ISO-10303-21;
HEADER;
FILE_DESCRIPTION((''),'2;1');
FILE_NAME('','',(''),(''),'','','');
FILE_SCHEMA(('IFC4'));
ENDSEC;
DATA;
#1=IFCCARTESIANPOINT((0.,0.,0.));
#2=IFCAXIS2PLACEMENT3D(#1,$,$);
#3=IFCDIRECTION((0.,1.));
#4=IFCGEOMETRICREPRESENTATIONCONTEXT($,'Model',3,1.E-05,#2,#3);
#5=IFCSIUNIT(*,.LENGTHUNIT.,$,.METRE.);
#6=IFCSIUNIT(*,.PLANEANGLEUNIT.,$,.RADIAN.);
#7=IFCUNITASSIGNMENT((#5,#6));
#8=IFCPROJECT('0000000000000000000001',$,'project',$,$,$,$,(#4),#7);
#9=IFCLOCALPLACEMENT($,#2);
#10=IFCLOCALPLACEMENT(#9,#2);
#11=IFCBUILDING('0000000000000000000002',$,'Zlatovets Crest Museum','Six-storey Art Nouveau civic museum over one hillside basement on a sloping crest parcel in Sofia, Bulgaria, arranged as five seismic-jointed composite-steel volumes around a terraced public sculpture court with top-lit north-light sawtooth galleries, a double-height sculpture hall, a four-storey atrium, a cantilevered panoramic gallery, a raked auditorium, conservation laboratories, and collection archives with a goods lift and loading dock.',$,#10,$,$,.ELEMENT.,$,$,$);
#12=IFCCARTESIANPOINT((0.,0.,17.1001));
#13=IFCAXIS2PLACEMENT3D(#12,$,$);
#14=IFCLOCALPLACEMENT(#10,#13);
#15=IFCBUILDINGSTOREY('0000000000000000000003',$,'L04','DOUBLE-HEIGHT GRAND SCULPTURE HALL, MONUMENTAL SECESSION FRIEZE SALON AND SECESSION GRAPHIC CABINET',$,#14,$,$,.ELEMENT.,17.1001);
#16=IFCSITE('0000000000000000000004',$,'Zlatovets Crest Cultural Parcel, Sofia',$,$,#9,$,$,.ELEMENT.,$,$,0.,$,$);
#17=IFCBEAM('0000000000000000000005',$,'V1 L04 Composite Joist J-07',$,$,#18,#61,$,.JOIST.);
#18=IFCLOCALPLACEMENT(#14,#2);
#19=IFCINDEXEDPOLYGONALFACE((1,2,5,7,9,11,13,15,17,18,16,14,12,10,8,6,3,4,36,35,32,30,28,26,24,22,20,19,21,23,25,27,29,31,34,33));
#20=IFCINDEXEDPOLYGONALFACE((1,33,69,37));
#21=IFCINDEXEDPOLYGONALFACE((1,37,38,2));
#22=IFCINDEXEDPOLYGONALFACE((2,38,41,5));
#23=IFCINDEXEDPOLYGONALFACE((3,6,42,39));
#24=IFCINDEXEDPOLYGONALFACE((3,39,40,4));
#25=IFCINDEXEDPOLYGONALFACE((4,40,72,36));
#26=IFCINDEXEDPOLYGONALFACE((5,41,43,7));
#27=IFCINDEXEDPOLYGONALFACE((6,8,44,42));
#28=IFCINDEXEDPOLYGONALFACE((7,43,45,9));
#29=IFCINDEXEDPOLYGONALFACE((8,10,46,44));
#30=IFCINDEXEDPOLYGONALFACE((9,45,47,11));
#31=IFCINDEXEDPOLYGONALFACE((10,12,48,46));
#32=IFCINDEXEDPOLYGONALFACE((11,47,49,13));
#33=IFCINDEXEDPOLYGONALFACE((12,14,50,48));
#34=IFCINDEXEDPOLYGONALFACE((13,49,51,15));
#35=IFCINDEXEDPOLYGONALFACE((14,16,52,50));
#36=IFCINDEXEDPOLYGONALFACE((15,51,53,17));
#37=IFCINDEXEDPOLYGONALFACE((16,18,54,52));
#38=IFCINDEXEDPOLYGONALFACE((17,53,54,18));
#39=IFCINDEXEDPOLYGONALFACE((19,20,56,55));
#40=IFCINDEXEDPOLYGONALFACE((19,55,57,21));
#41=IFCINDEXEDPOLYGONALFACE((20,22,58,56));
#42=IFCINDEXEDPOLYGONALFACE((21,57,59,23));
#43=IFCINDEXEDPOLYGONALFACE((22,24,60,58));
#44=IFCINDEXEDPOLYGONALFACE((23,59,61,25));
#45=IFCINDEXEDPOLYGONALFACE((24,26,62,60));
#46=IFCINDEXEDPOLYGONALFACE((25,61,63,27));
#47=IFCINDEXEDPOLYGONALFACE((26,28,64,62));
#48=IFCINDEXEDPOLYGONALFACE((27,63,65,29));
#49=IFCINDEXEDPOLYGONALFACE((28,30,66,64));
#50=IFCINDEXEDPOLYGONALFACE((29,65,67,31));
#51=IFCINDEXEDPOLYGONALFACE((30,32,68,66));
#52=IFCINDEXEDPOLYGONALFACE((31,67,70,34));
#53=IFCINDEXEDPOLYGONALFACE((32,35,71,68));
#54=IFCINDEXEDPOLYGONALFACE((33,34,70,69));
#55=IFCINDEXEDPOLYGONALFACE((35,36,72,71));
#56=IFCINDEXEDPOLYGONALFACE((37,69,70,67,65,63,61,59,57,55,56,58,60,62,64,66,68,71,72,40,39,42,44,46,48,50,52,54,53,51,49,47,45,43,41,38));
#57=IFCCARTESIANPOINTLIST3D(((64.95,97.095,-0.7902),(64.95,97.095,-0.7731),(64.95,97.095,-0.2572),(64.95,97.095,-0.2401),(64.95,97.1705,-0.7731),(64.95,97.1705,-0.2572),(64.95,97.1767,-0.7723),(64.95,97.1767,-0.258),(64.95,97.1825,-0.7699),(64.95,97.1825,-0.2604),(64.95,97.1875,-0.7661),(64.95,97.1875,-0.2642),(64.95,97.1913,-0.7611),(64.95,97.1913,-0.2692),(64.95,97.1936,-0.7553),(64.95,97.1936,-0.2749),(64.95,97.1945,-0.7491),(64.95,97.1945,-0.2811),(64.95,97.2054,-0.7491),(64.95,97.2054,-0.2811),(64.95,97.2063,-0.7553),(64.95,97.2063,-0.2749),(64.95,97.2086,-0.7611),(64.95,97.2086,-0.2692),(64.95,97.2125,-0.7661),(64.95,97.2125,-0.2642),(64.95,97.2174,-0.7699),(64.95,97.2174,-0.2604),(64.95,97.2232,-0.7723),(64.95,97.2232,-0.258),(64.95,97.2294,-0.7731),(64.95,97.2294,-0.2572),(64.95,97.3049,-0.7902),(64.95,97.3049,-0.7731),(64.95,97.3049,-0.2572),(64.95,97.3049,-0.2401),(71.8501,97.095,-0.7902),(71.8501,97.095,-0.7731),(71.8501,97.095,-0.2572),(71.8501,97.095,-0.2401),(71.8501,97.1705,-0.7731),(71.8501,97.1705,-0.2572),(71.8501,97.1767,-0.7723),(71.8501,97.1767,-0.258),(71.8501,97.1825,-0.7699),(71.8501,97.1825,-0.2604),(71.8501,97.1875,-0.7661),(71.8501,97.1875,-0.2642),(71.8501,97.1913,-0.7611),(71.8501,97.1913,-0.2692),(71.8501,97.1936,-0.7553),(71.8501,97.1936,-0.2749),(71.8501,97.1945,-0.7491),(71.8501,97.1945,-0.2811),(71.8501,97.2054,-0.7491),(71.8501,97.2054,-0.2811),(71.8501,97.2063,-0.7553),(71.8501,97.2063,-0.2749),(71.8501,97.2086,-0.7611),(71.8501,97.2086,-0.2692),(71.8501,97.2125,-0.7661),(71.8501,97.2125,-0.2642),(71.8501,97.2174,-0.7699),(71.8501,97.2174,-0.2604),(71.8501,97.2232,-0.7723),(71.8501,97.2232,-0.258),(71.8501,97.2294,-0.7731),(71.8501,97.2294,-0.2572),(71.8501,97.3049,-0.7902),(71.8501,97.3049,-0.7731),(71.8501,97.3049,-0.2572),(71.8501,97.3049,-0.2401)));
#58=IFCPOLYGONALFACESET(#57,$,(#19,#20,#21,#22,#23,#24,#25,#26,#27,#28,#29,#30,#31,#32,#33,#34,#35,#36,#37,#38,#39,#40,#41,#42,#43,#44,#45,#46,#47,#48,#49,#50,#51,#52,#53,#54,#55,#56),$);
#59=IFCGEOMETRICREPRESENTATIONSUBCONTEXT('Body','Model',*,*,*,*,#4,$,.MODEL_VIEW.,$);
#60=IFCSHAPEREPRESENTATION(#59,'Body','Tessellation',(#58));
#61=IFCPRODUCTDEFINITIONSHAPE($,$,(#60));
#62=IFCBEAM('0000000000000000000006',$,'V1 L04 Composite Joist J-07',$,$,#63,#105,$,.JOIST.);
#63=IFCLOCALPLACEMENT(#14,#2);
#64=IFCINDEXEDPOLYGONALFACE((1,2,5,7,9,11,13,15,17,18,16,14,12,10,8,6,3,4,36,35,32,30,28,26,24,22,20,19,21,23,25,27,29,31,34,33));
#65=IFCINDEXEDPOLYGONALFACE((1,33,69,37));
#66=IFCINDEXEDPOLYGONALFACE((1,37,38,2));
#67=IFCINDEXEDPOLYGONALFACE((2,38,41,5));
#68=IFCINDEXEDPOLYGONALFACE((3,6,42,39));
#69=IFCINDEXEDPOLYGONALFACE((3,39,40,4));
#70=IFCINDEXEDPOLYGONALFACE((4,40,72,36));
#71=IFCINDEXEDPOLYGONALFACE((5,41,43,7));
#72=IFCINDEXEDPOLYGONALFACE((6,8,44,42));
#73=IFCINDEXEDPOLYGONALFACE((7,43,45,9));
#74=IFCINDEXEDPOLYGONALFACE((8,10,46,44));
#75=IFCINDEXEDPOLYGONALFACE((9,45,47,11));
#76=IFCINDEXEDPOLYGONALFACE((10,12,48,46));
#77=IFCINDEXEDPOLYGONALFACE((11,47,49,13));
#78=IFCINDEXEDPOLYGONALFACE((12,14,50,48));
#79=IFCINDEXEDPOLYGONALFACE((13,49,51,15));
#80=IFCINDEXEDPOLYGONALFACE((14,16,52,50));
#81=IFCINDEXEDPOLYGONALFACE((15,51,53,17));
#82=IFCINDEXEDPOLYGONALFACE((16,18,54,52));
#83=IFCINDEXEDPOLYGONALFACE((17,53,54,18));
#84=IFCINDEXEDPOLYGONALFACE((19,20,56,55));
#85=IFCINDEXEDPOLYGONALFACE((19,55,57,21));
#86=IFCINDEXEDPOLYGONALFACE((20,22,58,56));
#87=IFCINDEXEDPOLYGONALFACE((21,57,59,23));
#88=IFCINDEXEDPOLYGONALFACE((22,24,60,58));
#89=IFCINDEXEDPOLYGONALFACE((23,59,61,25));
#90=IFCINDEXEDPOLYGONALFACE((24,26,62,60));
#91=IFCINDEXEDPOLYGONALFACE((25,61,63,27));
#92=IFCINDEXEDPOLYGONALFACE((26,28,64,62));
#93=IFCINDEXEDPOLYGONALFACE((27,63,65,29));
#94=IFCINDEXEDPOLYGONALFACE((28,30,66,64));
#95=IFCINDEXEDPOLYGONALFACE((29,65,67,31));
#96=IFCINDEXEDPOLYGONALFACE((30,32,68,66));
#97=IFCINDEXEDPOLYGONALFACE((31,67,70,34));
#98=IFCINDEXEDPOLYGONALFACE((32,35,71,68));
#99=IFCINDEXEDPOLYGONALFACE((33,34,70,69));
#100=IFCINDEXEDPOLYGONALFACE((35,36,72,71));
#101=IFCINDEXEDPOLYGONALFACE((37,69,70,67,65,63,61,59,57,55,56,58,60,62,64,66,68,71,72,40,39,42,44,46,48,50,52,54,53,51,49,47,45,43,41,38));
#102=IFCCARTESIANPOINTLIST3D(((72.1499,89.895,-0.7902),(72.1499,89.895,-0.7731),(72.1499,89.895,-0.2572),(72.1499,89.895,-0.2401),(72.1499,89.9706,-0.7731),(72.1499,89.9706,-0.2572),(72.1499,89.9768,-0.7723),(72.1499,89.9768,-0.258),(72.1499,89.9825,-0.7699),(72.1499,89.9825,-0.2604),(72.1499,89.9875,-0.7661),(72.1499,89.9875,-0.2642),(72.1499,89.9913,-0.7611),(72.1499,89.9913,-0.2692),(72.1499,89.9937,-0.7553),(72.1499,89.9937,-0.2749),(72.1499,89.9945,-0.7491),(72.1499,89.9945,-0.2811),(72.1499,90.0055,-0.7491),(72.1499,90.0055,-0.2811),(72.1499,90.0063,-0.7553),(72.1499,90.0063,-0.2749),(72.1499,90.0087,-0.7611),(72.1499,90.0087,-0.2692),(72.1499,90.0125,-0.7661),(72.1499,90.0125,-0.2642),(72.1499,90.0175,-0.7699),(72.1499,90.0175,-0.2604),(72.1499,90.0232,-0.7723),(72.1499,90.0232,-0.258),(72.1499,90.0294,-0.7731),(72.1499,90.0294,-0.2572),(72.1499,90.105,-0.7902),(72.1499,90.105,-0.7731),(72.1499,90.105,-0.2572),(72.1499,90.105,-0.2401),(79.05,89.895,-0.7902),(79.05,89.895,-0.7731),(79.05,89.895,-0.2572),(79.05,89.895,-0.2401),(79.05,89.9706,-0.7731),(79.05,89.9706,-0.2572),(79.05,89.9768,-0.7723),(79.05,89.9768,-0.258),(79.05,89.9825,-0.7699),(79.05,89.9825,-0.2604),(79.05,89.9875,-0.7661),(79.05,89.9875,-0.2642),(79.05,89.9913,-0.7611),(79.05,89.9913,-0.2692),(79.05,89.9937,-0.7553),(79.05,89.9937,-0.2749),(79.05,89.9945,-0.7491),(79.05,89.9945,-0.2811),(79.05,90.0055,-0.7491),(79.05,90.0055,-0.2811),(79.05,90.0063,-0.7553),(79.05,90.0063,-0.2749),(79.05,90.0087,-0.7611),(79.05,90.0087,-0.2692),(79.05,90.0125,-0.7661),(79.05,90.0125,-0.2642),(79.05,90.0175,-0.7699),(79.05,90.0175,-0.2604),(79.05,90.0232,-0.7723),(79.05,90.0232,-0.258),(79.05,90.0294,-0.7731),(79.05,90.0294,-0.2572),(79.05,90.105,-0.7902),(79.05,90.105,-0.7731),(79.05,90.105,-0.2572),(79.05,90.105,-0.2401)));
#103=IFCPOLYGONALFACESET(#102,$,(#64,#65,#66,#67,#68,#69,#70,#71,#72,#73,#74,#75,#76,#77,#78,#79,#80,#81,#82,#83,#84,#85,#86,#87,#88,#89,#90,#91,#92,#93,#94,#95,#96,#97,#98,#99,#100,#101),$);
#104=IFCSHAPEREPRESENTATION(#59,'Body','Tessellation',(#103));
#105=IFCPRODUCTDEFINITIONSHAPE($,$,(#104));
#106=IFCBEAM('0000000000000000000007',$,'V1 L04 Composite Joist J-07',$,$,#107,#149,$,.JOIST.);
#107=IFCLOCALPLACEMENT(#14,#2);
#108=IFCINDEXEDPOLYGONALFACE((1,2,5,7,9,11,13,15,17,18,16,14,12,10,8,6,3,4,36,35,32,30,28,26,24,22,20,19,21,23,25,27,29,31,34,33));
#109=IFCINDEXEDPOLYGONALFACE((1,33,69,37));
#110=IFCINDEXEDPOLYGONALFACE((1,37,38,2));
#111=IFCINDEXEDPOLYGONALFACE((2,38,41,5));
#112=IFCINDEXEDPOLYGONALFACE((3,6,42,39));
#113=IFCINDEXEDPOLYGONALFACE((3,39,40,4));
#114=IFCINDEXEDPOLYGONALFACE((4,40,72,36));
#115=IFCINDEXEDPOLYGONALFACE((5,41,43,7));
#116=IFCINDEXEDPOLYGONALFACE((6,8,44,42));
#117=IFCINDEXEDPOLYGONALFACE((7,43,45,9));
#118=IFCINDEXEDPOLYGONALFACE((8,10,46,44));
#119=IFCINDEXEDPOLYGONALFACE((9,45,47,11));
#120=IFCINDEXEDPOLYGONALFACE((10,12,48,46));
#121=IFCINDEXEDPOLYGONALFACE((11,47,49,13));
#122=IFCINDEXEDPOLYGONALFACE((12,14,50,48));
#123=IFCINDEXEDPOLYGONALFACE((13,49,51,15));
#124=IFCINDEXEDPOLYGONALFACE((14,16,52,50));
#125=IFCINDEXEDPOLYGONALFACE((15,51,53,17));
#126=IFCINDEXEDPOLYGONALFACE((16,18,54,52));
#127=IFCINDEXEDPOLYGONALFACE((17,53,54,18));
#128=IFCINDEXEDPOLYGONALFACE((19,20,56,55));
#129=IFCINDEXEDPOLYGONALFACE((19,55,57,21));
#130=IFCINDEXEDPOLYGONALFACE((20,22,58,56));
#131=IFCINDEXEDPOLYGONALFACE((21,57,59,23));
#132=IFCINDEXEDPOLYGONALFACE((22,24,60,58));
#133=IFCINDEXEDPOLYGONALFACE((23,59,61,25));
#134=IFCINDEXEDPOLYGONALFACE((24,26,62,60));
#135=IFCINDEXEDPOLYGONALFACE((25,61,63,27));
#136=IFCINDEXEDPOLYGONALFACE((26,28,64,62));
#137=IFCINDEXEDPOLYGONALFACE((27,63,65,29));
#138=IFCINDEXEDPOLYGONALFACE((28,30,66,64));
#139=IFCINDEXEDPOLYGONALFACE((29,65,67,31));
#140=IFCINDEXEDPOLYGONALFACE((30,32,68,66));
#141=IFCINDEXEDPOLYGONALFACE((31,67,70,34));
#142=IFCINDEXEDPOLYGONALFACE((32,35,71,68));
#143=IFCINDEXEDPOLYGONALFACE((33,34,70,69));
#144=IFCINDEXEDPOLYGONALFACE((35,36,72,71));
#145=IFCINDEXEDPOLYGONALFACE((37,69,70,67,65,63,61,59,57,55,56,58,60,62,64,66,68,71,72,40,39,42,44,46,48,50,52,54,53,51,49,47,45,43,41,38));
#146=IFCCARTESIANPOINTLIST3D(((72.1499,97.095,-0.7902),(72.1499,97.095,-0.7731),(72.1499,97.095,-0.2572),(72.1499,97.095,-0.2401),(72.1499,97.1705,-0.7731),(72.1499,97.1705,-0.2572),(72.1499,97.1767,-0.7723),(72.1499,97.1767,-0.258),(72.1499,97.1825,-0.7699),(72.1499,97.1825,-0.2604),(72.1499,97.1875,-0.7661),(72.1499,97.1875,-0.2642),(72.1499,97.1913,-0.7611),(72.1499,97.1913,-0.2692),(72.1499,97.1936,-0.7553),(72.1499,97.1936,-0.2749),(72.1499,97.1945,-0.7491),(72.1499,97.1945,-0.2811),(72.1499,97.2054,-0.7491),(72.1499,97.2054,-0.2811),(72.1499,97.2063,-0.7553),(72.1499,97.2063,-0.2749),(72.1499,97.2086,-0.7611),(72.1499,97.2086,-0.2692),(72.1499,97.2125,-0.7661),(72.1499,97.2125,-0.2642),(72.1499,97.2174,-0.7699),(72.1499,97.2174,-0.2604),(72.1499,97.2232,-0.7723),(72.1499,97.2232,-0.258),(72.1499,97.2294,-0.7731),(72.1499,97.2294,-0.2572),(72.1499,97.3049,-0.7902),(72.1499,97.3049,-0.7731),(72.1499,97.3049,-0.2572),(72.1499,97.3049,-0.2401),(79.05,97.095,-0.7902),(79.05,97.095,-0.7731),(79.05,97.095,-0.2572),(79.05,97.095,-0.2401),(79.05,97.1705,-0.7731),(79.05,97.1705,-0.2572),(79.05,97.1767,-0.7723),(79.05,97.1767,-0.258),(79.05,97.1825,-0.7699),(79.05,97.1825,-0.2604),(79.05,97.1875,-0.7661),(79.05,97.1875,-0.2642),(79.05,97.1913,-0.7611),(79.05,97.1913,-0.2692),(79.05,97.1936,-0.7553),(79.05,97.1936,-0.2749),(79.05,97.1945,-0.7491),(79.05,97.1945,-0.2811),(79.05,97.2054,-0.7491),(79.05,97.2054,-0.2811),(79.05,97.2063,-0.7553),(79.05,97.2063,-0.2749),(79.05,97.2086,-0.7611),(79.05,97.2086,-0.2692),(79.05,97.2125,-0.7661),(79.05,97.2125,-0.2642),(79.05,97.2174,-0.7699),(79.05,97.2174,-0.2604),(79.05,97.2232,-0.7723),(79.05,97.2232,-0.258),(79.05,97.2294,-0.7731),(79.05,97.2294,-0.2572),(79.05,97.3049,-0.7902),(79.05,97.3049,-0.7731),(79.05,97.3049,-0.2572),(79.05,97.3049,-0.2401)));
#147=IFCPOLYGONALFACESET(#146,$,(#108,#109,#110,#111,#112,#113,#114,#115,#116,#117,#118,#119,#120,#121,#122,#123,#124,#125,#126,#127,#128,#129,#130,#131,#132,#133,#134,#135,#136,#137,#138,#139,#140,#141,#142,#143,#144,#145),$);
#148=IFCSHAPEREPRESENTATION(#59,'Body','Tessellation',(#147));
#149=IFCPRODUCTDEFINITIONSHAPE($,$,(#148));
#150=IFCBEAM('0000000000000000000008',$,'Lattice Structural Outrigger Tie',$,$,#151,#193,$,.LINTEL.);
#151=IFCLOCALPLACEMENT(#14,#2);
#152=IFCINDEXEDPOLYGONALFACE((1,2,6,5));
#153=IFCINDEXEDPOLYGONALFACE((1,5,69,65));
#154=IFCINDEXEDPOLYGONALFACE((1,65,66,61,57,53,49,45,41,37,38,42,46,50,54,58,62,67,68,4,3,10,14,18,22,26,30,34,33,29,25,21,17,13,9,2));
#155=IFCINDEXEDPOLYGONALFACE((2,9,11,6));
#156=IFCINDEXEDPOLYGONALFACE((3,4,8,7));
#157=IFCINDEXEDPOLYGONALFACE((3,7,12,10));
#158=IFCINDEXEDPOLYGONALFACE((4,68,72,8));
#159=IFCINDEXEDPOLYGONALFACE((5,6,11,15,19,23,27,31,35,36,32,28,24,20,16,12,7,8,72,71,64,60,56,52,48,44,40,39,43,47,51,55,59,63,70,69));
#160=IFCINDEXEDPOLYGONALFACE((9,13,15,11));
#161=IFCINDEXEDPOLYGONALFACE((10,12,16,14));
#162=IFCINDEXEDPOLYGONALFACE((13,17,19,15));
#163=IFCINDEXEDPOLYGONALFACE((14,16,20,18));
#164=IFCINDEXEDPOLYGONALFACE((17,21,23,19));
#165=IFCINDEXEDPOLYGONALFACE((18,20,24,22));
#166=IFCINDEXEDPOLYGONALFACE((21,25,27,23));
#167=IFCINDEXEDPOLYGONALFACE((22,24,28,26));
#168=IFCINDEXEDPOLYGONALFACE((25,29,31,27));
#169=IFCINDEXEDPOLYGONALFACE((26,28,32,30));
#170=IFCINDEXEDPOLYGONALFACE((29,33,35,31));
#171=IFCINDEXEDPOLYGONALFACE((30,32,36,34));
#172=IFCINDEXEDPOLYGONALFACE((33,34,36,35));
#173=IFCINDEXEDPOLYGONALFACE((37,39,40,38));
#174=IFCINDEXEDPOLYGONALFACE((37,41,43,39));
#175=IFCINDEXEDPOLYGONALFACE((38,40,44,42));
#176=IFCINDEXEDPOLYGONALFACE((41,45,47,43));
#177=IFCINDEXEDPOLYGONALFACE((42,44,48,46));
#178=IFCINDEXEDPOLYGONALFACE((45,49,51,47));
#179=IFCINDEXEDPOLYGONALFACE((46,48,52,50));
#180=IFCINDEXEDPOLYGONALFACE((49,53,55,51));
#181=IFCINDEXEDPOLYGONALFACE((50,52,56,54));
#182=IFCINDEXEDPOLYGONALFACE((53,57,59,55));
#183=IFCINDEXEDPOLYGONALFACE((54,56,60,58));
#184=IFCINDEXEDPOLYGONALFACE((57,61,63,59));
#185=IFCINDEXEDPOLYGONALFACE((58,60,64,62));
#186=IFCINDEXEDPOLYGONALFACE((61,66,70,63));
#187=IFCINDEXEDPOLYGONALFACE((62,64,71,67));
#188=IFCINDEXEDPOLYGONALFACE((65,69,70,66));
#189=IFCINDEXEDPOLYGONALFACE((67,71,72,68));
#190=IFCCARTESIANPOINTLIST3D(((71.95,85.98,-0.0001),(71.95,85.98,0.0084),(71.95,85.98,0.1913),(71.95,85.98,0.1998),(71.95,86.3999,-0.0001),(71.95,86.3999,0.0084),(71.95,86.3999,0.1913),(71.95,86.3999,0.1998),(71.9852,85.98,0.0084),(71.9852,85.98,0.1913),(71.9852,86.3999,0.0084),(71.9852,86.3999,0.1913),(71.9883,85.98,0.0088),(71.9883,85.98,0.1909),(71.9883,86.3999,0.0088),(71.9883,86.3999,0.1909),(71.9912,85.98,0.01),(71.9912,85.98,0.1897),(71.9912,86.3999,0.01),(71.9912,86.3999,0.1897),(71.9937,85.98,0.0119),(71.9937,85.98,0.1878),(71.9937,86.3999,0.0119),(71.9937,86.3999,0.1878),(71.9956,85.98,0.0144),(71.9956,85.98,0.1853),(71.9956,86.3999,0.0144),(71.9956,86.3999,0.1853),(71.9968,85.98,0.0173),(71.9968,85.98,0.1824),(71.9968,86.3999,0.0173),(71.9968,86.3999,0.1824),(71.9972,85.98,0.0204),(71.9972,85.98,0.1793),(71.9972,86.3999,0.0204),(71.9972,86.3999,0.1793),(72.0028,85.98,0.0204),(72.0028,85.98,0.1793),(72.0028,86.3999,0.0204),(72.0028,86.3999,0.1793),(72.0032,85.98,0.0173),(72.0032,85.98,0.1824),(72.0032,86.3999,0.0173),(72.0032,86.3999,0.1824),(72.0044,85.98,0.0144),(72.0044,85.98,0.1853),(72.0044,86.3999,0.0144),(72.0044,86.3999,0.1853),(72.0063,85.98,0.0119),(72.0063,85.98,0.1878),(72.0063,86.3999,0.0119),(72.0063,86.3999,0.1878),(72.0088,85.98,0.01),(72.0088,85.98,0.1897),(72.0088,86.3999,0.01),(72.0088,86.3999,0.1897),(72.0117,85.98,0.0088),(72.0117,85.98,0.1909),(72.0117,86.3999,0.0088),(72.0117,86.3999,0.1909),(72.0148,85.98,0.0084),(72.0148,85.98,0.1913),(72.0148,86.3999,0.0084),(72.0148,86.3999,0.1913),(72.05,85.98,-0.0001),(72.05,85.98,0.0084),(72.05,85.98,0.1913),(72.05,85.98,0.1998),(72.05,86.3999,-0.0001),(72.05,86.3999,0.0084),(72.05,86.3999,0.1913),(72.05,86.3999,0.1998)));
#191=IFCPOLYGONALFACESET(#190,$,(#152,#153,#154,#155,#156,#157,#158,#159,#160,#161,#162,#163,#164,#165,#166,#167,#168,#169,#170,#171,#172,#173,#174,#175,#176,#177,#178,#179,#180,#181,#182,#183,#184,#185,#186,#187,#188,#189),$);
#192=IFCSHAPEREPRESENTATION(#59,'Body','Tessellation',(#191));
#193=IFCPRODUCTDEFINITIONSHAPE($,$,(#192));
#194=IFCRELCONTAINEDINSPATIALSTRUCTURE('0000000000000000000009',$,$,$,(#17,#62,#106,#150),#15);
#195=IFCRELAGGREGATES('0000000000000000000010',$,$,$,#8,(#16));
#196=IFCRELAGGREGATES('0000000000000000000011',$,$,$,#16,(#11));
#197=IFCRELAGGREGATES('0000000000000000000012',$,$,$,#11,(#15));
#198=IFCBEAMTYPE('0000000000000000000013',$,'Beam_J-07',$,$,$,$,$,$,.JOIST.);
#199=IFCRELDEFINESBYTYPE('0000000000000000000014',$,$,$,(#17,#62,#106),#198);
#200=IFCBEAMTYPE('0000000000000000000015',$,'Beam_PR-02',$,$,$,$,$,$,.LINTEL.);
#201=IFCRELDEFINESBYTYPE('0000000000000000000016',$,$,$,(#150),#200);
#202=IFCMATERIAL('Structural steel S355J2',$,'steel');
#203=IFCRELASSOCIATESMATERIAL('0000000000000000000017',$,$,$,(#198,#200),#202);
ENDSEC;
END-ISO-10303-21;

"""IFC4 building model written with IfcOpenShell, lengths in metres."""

from ifc_helpers import new_model, si_unit, direction, frame, origin, origin_2d, place, context, subcontext, project, spatial, i_section, extrude, material, material_profile, profile_set, type_object, element, save


model = new_model("IFC4")

# Units and contexts
model_context = context("Model", 3, precision=1e-05, world=origin(), true_north=direction((0.0, 1.0)))
body_context = subcontext(model_context, "Body", "Model", "MODEL_VIEW")
ifc_project = project(units=[si_unit("LENGTHUNIT", "METRE"), si_unit("PLANEANGLEUNIT", "RADIAN")], contexts=[model_context])

# Site, building, storey
site_placement = place(None, origin())
site = spatial("IfcSite", under=ifc_project, at=site_placement, Name="Zlatovets Crest Cultural Parcel, Sofia", CompositionType="ELEMENT", RefElevation=0.0)
building_placement = place(site_placement, origin())
building = spatial("IfcBuilding", under=site, at=building_placement, Name="Zlatovets Crest Museum", Description="Six-storey Art Nouveau civic museum over one hillside basement on a sloping crest parcel in Sofia, Bulgaria, arranged as five seismic-jointed composite-steel volumes around a terraced public sculpture court with top-lit north-light sawtooth galleries, a double-height sculpture hall, a four-storey atrium, a cantilevered panoramic gallery, a raked auditorium, conservation laboratories, and collection archives with a goods lift and loading dock.", CompositionType="ELEMENT")
storey_placement = place(building_placement, frame((0.0, 0.0, 17.1001)))
storey = spatial("IfcBuildingStorey", under=building, at=storey_placement, Name="L04", Description="DOUBLE-HEIGHT GRAND SCULPTURE HALL, MONUMENTAL SECESSION FRIEZE SALON AND SECESSION GRAPHIC CABINET", CompositionType="ELEMENT", Elevation=17.1001)

# Shared definitions
ifc_material_1 = material(Name="Structural steel S355J2", Category="steel")

# Beams
ifc_material_profile_1 = material_profile(ifc_material_1, i_section(OverallWidth=0.21, OverallDepth=0.55, WebThickness=0.011, FlangeThickness=0.0171, FilletRadius=0.0239, at=origin_2d()), Name="IPE 550")
ifc_profile_set_1 = profile_set([ifc_material_profile_1], Name="Structural steel S355J2")
beam_type_1 = type_object("IfcBeamType", Name="Beam_J-07", PredefinedType="JOIST", material=ifc_profile_set_1)
for number, where, z_axis, x_axis, name in (
    (1, (64.95, 97.2, -0.5151), (1.0, 0.0, 0.0), (0.0, 1.0, 0.0), "V1 L04 Composite Joist J-07"),
    (2, (72.1499, 90.0, -0.5151), (1.0, 0.0, 0.0), (0.0, 1.0, 0.0), "V1 L04 Composite Joist J-07"),
    (3, (72.1499, 97.2, -0.5151), (1.0, 0.0, 0.0), (0.0, 1.0, 0.0), "V1 L04 Composite Joist J-07"),
):
    element("IfcBeam", number, at=place(storey_placement, frame(where, z_axis=z_axis, x_axis=x_axis)), inside=storey, type_object=beam_type_1, Name=name, PredefinedType="JOIST", context=body_context, shape_type="SweptSolid", body=[
        extrude(i_section(OverallWidth=0.21, OverallDepth=0.55, WebThickness=0.011, FlangeThickness=0.0171, FilletRadius=0.0239, at=origin_2d()), origin(), (0.0, 0.0, 1.0), 6.9001),
    ])
ifc_material_profile_2 = material_profile(ifc_material_1, i_section(OverallWidth=0.1001, OverallDepth=0.2, WebThickness=0.0056, FlangeThickness=0.0085, FilletRadius=0.012, at=origin_2d()), Name="IPE 200")
ifc_profile_set_2 = profile_set([ifc_material_profile_2], Name="Structural steel S355J2")
beam_type_2 = type_object("IfcBeamType", Name="Beam_PR-02", PredefinedType="LINTEL", material=ifc_profile_set_2)
for number, where, z_axis, x_axis, name in (
    (4, (72.0, 86.3999, 0.0999), (0.0, -1.0, 0.0), (1.0, 0.0, 0.0), "Lattice Structural Outrigger Tie"),
):
    element("IfcBeam", number, at=place(storey_placement, frame(where, z_axis=z_axis, x_axis=x_axis)), inside=storey, type_object=beam_type_2, Name=name, PredefinedType="LINTEL", context=body_context, shape_type="SweptSolid", body=[
        extrude(i_section(OverallWidth=0.1001, OverallDepth=0.2, WebThickness=0.0056, FlangeThickness=0.0085, FilletRadius=0.012, at=origin_2d()), origin(), (0.0, 0.0, 1.0), 0.4199),
    ])

save(model, "model.ifc")
